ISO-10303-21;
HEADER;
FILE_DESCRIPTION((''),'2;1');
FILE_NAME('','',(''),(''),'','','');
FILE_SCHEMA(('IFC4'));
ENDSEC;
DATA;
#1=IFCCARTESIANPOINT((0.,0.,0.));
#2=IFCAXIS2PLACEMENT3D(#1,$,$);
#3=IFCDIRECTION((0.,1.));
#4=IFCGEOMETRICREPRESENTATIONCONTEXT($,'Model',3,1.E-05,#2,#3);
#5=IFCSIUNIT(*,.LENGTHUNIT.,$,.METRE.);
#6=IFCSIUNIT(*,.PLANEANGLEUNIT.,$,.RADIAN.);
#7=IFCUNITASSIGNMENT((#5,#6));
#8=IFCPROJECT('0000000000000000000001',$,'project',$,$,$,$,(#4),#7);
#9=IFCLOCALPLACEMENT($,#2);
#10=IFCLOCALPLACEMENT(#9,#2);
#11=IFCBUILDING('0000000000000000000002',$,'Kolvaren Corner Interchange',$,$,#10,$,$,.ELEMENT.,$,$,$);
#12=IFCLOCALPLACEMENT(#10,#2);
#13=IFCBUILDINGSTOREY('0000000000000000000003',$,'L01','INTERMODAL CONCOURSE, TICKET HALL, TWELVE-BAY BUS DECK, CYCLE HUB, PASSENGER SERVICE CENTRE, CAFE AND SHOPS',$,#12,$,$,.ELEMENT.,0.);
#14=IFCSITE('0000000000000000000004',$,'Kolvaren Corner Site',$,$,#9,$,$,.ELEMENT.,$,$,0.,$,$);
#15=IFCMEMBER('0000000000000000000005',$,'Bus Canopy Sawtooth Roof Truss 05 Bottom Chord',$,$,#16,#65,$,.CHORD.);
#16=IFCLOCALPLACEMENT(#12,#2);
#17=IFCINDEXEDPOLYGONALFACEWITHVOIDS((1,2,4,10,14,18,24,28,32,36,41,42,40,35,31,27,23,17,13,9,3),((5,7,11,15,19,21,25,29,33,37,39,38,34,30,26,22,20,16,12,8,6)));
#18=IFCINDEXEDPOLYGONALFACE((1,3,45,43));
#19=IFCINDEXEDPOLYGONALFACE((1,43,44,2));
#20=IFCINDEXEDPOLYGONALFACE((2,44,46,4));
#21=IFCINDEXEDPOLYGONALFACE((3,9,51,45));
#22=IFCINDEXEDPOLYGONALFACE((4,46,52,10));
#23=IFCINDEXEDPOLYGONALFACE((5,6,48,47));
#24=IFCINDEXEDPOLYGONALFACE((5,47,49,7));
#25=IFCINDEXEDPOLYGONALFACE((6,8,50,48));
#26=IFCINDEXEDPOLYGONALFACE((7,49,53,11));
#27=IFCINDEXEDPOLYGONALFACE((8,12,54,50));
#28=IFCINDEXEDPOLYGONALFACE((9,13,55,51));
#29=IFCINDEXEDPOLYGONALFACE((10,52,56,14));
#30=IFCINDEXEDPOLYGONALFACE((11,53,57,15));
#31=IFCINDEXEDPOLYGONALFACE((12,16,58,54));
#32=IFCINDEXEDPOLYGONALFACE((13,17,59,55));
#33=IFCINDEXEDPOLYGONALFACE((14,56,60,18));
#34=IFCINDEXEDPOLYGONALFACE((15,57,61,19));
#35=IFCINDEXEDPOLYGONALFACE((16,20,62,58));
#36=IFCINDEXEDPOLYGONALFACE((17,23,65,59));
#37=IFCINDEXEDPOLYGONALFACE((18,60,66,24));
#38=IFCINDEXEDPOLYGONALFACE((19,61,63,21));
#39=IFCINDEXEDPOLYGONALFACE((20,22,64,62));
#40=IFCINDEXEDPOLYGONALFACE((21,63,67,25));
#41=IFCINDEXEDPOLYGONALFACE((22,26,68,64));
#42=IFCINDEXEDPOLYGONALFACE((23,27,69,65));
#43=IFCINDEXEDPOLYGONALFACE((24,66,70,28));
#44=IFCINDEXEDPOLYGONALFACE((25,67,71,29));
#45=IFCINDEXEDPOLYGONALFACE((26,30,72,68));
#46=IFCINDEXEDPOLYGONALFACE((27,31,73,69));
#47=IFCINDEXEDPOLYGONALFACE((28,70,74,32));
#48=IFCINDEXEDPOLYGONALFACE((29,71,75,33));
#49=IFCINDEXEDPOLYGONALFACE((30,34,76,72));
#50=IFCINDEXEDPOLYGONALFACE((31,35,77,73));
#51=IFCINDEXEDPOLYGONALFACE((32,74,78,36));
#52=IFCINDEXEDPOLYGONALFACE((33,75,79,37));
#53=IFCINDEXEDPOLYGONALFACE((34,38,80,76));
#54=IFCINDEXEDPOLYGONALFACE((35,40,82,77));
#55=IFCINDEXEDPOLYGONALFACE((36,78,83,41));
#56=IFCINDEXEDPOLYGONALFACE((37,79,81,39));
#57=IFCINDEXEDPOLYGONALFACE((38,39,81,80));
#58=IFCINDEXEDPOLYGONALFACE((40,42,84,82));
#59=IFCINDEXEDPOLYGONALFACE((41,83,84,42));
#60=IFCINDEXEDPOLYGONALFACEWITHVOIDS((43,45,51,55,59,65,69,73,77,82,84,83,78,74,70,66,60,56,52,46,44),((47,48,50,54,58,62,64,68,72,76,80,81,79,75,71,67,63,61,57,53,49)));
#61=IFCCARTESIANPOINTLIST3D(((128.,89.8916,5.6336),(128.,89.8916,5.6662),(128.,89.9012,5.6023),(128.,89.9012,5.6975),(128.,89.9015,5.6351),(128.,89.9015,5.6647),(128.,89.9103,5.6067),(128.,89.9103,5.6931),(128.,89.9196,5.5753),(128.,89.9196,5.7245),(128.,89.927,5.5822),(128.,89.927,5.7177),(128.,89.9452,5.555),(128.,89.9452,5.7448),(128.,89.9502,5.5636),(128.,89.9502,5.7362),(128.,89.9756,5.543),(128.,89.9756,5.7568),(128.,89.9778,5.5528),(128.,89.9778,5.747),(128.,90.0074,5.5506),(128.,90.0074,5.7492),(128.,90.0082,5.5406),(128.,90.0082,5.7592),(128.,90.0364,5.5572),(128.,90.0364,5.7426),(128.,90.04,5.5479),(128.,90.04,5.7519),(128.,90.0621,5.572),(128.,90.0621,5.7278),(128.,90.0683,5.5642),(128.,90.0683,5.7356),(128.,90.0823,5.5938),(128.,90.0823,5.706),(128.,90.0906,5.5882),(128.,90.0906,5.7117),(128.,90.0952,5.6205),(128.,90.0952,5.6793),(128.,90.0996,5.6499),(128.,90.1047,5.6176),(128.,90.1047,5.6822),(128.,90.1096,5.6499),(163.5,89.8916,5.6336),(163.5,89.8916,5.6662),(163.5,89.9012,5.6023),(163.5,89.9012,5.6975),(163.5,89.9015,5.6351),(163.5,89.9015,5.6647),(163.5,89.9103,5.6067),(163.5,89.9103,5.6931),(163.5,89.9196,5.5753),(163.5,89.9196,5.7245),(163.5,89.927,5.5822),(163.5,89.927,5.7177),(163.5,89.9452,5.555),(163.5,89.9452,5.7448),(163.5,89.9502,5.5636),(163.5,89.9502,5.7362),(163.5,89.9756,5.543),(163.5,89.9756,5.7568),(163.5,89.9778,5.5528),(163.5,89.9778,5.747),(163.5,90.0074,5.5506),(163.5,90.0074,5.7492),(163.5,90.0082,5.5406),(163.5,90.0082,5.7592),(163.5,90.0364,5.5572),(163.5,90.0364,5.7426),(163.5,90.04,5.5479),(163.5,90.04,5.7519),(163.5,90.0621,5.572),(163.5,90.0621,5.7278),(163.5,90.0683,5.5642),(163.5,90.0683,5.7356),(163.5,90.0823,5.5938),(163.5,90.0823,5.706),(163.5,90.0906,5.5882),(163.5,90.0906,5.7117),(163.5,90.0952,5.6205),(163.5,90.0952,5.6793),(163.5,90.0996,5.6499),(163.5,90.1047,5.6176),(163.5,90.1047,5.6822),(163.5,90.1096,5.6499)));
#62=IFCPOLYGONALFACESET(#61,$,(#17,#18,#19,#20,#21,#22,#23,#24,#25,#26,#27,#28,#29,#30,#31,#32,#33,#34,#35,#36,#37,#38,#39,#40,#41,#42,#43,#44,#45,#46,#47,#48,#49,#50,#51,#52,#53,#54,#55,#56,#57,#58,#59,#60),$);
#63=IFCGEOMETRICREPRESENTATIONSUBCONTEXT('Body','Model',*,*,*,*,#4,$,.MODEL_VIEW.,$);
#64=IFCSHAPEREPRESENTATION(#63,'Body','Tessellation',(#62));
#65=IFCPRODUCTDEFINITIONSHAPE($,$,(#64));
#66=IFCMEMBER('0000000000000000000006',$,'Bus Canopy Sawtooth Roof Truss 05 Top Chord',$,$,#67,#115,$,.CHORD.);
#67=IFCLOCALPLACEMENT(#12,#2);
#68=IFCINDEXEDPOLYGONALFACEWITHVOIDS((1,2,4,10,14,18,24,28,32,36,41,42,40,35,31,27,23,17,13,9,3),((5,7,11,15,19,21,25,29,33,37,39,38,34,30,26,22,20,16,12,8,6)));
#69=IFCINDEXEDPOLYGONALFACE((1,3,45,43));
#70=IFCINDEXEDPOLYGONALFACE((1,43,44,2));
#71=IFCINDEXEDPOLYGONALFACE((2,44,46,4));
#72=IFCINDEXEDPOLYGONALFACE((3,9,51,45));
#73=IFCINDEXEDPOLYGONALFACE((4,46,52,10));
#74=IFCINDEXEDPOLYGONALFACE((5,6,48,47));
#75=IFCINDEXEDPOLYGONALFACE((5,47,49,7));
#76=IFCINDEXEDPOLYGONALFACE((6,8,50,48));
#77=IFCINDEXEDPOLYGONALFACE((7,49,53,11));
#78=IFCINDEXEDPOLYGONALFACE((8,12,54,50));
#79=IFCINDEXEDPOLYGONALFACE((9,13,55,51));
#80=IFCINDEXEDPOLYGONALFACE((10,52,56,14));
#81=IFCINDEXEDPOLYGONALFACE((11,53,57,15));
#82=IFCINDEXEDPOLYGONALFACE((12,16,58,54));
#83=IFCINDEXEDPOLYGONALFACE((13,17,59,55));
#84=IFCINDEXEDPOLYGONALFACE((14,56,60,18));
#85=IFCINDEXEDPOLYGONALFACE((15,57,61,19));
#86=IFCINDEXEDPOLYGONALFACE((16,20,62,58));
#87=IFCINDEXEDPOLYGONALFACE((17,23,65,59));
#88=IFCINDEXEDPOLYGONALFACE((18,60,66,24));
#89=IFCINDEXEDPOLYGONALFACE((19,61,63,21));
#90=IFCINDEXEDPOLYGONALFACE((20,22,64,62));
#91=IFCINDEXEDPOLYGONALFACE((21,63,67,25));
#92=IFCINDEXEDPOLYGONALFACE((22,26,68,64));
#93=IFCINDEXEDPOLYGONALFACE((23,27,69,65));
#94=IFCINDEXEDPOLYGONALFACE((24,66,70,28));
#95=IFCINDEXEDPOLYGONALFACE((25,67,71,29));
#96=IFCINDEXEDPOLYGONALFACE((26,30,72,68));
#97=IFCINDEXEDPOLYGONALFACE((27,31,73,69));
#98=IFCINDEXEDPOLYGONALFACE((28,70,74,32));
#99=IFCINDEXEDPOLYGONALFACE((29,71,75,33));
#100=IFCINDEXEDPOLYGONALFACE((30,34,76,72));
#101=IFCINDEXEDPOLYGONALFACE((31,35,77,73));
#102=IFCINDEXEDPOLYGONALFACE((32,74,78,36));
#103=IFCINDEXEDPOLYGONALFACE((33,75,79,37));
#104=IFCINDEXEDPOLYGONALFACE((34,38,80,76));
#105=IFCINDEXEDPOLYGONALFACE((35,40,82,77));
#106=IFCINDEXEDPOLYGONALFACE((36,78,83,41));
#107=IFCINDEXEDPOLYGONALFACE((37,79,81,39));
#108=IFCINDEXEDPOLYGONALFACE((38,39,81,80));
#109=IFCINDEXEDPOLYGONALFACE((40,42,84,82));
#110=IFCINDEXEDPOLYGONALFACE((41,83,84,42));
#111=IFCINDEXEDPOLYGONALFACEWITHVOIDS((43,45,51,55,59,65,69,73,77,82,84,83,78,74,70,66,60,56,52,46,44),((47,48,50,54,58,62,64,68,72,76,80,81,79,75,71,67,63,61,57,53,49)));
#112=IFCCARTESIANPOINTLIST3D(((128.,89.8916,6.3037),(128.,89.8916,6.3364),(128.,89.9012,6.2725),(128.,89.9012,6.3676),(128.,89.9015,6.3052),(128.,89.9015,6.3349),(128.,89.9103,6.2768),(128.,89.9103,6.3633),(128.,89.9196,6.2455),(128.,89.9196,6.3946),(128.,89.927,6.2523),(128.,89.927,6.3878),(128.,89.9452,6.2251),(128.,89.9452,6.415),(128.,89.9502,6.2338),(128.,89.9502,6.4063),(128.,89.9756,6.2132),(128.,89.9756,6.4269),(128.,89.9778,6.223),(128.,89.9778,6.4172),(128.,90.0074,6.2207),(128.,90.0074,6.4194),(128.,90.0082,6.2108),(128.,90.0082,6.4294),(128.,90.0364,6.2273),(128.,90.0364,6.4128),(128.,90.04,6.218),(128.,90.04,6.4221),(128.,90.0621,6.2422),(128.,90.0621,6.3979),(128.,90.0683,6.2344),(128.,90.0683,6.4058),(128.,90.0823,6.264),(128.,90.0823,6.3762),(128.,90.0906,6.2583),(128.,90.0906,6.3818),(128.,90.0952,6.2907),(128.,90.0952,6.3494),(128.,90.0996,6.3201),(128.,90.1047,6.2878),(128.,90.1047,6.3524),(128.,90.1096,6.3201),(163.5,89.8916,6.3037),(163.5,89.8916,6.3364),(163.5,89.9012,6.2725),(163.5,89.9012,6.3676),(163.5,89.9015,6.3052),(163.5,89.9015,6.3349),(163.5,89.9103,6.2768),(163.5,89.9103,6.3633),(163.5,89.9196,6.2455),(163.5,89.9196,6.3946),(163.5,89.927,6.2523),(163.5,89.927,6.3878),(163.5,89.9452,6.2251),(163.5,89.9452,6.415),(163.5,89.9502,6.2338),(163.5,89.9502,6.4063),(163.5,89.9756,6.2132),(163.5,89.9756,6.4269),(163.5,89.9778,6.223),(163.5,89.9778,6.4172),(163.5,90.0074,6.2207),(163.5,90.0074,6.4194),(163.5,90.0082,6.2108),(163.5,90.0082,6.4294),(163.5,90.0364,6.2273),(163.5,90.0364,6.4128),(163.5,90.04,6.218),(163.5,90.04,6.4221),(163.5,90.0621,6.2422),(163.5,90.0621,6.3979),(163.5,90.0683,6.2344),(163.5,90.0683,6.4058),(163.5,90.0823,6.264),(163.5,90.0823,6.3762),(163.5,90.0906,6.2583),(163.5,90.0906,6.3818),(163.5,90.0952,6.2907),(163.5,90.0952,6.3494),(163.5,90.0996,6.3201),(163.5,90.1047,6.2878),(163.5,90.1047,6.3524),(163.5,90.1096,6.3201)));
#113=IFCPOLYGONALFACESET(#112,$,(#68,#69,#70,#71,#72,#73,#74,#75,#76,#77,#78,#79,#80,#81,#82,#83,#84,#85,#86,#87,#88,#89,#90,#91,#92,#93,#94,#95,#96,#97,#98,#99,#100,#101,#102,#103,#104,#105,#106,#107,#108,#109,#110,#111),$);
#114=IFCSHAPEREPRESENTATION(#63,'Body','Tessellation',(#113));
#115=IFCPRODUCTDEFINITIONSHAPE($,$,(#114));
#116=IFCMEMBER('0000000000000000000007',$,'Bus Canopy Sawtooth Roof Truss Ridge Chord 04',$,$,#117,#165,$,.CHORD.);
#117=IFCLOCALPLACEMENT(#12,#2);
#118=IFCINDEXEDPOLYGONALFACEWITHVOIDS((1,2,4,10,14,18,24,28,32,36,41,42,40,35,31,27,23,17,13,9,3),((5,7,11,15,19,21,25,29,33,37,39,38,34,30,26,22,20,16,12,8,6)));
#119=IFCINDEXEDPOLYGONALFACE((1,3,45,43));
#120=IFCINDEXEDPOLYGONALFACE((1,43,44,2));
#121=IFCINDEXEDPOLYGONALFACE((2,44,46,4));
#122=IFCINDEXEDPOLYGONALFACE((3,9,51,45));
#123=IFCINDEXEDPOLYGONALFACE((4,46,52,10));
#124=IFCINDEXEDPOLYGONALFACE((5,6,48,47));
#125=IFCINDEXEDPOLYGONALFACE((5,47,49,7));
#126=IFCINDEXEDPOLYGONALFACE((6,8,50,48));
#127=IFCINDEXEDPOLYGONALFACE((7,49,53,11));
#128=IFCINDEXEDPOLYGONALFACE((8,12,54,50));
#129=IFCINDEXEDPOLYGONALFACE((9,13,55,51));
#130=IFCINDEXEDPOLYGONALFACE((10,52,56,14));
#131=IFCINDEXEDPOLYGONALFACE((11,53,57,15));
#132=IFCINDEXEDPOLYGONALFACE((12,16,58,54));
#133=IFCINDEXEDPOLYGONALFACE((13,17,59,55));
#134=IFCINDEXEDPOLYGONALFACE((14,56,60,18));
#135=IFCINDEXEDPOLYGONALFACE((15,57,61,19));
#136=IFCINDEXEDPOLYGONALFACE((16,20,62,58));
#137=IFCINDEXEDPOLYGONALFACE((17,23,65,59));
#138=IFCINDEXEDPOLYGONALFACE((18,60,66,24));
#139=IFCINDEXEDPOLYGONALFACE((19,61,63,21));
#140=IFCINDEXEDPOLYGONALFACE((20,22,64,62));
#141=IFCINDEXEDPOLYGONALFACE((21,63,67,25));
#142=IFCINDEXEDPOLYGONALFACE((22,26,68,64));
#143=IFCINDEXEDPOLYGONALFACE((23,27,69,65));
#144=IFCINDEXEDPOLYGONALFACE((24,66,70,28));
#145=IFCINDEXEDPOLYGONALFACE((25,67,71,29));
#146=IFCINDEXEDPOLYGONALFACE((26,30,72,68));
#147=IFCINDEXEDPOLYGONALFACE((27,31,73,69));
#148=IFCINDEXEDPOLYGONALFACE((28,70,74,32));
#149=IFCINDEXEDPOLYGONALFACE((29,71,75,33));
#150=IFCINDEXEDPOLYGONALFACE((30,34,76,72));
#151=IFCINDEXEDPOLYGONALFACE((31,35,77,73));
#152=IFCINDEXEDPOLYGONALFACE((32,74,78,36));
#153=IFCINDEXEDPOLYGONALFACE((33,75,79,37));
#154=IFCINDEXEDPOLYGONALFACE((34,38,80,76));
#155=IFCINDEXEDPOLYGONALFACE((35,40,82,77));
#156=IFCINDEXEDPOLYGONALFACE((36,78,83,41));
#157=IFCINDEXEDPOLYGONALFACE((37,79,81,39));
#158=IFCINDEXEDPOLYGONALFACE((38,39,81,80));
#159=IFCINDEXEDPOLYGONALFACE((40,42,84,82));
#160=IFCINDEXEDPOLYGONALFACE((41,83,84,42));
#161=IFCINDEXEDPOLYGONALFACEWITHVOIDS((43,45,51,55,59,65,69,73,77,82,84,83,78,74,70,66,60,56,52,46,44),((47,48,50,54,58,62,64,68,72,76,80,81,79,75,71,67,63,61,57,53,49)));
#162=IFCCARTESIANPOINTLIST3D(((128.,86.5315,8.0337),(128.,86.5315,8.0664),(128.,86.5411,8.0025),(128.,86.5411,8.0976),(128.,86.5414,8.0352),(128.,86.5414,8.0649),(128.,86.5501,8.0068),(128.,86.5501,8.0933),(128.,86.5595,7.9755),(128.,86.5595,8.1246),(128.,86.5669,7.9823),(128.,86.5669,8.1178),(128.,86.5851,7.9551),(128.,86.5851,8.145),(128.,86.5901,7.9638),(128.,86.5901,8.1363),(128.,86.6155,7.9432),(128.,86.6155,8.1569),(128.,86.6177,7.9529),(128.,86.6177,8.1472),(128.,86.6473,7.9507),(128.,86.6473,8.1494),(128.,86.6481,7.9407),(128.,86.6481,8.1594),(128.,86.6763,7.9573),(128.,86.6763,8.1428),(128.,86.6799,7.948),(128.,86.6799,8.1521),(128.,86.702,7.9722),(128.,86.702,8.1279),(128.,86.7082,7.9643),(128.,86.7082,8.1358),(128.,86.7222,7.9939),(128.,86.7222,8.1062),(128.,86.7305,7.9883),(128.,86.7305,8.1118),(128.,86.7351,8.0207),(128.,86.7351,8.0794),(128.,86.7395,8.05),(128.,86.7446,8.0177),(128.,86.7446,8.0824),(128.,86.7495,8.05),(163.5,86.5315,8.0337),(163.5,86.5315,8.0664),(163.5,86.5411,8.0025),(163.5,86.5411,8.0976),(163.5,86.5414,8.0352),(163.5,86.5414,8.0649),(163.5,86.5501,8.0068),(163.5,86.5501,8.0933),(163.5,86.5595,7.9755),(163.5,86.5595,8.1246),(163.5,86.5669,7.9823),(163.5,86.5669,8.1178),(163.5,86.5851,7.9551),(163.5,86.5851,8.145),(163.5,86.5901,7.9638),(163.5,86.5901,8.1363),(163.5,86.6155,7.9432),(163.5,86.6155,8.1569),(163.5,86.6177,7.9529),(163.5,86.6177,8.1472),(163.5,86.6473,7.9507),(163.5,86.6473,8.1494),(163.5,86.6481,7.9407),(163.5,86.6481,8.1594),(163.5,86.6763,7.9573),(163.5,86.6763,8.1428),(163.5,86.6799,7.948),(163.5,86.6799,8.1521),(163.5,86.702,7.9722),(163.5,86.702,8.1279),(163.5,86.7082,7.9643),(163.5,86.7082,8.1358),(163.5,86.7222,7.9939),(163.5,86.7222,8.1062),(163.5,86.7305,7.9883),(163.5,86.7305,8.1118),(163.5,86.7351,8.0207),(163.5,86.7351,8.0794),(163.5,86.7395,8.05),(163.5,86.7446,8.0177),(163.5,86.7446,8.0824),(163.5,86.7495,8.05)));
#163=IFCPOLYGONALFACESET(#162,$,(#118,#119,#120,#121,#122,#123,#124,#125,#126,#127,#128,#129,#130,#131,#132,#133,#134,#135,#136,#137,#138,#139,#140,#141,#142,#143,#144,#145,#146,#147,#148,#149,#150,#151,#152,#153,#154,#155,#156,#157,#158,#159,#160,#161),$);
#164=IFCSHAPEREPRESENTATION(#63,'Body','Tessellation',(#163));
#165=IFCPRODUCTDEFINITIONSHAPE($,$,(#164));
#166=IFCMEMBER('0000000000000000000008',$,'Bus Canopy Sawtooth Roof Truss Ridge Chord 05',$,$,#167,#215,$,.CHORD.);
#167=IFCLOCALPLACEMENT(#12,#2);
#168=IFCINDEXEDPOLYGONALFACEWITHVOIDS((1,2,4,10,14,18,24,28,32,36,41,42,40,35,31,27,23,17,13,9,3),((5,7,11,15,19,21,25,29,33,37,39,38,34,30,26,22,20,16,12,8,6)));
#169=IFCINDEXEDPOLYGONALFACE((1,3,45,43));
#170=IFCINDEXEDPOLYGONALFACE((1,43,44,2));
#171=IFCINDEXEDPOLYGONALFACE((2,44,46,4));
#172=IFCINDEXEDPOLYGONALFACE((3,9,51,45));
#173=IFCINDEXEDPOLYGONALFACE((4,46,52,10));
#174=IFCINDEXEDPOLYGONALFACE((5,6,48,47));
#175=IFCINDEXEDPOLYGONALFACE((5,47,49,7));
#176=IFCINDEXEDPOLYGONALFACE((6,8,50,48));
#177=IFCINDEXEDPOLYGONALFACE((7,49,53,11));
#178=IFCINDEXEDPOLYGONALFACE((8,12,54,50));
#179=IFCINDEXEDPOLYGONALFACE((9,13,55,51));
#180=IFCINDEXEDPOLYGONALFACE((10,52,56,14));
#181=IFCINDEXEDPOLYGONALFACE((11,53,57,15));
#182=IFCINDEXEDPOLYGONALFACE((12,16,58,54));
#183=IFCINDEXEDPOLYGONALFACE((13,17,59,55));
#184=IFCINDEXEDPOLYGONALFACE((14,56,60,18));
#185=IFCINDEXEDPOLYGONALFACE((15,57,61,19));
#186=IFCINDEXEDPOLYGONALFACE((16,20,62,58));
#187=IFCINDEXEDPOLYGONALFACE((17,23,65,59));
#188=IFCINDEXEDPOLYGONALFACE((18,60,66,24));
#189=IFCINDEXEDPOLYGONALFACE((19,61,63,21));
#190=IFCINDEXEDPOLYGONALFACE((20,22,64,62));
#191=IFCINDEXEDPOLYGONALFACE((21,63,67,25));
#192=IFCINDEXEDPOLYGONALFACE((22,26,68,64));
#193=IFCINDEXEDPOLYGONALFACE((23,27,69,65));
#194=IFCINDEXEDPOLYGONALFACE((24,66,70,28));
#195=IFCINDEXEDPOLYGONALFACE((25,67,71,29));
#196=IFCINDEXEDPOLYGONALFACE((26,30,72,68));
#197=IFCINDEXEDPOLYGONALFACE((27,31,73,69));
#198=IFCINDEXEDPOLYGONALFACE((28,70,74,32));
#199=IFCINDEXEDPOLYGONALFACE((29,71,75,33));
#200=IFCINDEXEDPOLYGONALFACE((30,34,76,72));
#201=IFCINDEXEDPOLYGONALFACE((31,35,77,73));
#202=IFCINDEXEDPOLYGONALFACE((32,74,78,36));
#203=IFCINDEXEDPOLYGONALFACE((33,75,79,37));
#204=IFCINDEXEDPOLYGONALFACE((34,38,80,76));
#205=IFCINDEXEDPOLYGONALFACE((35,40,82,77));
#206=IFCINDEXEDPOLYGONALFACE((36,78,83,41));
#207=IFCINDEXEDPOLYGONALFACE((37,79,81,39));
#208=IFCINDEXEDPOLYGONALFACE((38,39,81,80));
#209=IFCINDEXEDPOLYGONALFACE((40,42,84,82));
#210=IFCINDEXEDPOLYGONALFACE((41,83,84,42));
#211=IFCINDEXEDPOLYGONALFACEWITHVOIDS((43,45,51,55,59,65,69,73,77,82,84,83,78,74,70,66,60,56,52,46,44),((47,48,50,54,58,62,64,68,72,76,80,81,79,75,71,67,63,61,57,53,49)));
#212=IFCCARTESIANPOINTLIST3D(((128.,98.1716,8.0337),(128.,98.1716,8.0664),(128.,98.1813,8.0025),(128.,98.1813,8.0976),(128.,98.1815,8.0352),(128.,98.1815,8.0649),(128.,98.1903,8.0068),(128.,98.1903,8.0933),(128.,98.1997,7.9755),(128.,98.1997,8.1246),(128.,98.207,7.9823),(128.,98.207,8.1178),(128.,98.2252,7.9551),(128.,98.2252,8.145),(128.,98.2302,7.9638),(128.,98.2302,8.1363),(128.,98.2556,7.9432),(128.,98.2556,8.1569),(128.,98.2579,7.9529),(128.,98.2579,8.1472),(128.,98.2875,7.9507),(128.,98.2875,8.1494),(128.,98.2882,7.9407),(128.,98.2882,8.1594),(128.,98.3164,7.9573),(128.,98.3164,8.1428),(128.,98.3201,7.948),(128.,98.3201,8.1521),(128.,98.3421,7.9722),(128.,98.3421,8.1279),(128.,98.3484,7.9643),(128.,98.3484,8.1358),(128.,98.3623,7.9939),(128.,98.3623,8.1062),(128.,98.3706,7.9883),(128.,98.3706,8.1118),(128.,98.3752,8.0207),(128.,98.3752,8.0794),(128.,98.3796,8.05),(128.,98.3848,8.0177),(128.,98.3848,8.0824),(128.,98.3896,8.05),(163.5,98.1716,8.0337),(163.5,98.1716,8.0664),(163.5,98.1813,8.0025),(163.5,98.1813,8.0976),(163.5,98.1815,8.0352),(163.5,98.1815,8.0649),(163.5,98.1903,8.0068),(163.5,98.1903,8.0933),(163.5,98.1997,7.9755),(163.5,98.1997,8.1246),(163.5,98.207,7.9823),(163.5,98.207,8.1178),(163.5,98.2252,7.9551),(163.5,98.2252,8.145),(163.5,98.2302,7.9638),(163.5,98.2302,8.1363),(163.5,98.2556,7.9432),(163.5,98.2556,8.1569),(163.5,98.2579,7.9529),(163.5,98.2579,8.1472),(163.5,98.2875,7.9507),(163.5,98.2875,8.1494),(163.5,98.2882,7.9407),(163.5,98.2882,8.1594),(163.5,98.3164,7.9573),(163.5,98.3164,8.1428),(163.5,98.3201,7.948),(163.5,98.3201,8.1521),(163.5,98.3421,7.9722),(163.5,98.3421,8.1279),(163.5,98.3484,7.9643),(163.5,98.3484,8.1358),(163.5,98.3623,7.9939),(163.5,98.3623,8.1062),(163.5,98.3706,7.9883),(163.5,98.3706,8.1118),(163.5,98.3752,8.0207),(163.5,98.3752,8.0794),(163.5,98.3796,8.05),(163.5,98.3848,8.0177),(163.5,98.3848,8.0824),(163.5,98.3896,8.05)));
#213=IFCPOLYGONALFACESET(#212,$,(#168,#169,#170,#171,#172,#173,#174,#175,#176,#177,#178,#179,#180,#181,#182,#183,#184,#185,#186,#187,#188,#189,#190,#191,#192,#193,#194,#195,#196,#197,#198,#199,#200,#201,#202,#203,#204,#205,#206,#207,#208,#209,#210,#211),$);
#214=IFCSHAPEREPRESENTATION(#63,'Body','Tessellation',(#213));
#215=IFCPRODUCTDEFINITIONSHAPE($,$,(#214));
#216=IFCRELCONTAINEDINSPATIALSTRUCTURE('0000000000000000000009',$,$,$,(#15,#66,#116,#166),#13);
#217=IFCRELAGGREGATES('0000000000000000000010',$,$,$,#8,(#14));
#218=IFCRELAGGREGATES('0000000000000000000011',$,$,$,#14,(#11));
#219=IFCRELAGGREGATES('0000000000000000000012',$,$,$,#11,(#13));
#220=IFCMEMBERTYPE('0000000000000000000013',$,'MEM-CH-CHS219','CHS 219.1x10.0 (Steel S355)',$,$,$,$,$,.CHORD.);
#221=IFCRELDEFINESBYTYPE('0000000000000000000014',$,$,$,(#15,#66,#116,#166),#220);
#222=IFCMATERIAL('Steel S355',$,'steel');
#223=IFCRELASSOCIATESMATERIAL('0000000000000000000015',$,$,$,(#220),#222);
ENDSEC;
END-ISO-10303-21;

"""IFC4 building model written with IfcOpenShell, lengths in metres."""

from ifc_helpers import new_model, si_unit, direction, frame, origin, origin_2d, place, context, subcontext, project, spatial, hollow_circle, extrude, material, material_profile, profile_set, type_object, element, save


model = new_model("IFC4")

# Units and contexts
model_context = context("Model", 3, precision=1e-05, world=origin(), true_north=direction((0.0, 1.0)))
body_context = subcontext(model_context, "Body", "Model", "MODEL_VIEW")
ifc_project = project(units=[si_unit("LENGTHUNIT", "METRE"), si_unit("PLANEANGLEUNIT", "RADIAN")], contexts=[model_context])

# Site, building, storey
site_placement = place(None, origin())
site = spatial("IfcSite", under=ifc_project, at=site_placement, Name="Kolvaren Corner Site", CompositionType="ELEMENT", RefElevation=0.0)
building_placement = place(site_placement, origin())
building = spatial("IfcBuilding", under=site, at=building_placement, Name="Kolvaren Corner Interchange", CompositionType="ELEMENT")
storey_placement = place(building_placement, origin())
storey = spatial("IfcBuildingStorey", under=building, at=storey_placement, Name="L01", Description="INTERMODAL CONCOURSE, TICKET HALL, TWELVE-BAY BUS DECK, CYCLE HUB, PASSENGER SERVICE CENTRE, CAFE AND SHOPS", CompositionType="ELEMENT", Elevation=0.0)

# Members
ifc_material_1 = material(Name="Steel S355", Category="steel")
ifc_material_profile_1 = material_profile(ifc_material_1, hollow_circle(Radius=0.1096, WallThickness=0.01, at=origin_2d()), Name="CHS 219.1x10.0")
ifc_profile_set_1 = profile_set([ifc_material_profile_1], Name="Steel S355")
member_type_1 = type_object("IfcMemberType", Name="MEM-CH-CHS219", Description="CHS 219.1x10.0 (Steel S355)", PredefinedType="CHORD", material=ifc_profile_set_1)
for number, where, z_axis, x_axis, name in (
    (1, (128.0, 90.0, 5.6499), (1.0, 0.0, 0.0), (0.0, 1.0, 0.0), "Bus Canopy Sawtooth Roof Truss 05 Bottom Chord"),
    (2, (128.0, 90.0, 6.3201), (1.0, 0.0, 0.0), (0.0, 1.0, 0.0), "Bus Canopy Sawtooth Roof Truss 05 Top Chord"),
    (3, (128.0, 86.6399, 8.05), (1.0, 0.0, 0.0), (0.0, 1.0, 0.0), "Bus Canopy Sawtooth Roof Truss Ridge Chord 04"),
    (4, (128.0, 98.28, 8.05), (1.0, 0.0, 0.0), (0.0, 1.0, 0.0), "Bus Canopy Sawtooth Roof Truss Ridge Chord 05"),
):
    element("IfcMember", number, at=place(storey_placement, frame(where, z_axis=z_axis, x_axis=x_axis)), inside=storey, type_object=member_type_1, Name=name, PredefinedType="CHORD", context=body_context, shape_type="SweptSolid", body=[
        extrude(hollow_circle(Radius=0.1096, WallThickness=0.01, at=origin_2d()), origin(), (0.0, 0.0, 1.0), 35.5),
    ])

save(model, "model.ifc")
